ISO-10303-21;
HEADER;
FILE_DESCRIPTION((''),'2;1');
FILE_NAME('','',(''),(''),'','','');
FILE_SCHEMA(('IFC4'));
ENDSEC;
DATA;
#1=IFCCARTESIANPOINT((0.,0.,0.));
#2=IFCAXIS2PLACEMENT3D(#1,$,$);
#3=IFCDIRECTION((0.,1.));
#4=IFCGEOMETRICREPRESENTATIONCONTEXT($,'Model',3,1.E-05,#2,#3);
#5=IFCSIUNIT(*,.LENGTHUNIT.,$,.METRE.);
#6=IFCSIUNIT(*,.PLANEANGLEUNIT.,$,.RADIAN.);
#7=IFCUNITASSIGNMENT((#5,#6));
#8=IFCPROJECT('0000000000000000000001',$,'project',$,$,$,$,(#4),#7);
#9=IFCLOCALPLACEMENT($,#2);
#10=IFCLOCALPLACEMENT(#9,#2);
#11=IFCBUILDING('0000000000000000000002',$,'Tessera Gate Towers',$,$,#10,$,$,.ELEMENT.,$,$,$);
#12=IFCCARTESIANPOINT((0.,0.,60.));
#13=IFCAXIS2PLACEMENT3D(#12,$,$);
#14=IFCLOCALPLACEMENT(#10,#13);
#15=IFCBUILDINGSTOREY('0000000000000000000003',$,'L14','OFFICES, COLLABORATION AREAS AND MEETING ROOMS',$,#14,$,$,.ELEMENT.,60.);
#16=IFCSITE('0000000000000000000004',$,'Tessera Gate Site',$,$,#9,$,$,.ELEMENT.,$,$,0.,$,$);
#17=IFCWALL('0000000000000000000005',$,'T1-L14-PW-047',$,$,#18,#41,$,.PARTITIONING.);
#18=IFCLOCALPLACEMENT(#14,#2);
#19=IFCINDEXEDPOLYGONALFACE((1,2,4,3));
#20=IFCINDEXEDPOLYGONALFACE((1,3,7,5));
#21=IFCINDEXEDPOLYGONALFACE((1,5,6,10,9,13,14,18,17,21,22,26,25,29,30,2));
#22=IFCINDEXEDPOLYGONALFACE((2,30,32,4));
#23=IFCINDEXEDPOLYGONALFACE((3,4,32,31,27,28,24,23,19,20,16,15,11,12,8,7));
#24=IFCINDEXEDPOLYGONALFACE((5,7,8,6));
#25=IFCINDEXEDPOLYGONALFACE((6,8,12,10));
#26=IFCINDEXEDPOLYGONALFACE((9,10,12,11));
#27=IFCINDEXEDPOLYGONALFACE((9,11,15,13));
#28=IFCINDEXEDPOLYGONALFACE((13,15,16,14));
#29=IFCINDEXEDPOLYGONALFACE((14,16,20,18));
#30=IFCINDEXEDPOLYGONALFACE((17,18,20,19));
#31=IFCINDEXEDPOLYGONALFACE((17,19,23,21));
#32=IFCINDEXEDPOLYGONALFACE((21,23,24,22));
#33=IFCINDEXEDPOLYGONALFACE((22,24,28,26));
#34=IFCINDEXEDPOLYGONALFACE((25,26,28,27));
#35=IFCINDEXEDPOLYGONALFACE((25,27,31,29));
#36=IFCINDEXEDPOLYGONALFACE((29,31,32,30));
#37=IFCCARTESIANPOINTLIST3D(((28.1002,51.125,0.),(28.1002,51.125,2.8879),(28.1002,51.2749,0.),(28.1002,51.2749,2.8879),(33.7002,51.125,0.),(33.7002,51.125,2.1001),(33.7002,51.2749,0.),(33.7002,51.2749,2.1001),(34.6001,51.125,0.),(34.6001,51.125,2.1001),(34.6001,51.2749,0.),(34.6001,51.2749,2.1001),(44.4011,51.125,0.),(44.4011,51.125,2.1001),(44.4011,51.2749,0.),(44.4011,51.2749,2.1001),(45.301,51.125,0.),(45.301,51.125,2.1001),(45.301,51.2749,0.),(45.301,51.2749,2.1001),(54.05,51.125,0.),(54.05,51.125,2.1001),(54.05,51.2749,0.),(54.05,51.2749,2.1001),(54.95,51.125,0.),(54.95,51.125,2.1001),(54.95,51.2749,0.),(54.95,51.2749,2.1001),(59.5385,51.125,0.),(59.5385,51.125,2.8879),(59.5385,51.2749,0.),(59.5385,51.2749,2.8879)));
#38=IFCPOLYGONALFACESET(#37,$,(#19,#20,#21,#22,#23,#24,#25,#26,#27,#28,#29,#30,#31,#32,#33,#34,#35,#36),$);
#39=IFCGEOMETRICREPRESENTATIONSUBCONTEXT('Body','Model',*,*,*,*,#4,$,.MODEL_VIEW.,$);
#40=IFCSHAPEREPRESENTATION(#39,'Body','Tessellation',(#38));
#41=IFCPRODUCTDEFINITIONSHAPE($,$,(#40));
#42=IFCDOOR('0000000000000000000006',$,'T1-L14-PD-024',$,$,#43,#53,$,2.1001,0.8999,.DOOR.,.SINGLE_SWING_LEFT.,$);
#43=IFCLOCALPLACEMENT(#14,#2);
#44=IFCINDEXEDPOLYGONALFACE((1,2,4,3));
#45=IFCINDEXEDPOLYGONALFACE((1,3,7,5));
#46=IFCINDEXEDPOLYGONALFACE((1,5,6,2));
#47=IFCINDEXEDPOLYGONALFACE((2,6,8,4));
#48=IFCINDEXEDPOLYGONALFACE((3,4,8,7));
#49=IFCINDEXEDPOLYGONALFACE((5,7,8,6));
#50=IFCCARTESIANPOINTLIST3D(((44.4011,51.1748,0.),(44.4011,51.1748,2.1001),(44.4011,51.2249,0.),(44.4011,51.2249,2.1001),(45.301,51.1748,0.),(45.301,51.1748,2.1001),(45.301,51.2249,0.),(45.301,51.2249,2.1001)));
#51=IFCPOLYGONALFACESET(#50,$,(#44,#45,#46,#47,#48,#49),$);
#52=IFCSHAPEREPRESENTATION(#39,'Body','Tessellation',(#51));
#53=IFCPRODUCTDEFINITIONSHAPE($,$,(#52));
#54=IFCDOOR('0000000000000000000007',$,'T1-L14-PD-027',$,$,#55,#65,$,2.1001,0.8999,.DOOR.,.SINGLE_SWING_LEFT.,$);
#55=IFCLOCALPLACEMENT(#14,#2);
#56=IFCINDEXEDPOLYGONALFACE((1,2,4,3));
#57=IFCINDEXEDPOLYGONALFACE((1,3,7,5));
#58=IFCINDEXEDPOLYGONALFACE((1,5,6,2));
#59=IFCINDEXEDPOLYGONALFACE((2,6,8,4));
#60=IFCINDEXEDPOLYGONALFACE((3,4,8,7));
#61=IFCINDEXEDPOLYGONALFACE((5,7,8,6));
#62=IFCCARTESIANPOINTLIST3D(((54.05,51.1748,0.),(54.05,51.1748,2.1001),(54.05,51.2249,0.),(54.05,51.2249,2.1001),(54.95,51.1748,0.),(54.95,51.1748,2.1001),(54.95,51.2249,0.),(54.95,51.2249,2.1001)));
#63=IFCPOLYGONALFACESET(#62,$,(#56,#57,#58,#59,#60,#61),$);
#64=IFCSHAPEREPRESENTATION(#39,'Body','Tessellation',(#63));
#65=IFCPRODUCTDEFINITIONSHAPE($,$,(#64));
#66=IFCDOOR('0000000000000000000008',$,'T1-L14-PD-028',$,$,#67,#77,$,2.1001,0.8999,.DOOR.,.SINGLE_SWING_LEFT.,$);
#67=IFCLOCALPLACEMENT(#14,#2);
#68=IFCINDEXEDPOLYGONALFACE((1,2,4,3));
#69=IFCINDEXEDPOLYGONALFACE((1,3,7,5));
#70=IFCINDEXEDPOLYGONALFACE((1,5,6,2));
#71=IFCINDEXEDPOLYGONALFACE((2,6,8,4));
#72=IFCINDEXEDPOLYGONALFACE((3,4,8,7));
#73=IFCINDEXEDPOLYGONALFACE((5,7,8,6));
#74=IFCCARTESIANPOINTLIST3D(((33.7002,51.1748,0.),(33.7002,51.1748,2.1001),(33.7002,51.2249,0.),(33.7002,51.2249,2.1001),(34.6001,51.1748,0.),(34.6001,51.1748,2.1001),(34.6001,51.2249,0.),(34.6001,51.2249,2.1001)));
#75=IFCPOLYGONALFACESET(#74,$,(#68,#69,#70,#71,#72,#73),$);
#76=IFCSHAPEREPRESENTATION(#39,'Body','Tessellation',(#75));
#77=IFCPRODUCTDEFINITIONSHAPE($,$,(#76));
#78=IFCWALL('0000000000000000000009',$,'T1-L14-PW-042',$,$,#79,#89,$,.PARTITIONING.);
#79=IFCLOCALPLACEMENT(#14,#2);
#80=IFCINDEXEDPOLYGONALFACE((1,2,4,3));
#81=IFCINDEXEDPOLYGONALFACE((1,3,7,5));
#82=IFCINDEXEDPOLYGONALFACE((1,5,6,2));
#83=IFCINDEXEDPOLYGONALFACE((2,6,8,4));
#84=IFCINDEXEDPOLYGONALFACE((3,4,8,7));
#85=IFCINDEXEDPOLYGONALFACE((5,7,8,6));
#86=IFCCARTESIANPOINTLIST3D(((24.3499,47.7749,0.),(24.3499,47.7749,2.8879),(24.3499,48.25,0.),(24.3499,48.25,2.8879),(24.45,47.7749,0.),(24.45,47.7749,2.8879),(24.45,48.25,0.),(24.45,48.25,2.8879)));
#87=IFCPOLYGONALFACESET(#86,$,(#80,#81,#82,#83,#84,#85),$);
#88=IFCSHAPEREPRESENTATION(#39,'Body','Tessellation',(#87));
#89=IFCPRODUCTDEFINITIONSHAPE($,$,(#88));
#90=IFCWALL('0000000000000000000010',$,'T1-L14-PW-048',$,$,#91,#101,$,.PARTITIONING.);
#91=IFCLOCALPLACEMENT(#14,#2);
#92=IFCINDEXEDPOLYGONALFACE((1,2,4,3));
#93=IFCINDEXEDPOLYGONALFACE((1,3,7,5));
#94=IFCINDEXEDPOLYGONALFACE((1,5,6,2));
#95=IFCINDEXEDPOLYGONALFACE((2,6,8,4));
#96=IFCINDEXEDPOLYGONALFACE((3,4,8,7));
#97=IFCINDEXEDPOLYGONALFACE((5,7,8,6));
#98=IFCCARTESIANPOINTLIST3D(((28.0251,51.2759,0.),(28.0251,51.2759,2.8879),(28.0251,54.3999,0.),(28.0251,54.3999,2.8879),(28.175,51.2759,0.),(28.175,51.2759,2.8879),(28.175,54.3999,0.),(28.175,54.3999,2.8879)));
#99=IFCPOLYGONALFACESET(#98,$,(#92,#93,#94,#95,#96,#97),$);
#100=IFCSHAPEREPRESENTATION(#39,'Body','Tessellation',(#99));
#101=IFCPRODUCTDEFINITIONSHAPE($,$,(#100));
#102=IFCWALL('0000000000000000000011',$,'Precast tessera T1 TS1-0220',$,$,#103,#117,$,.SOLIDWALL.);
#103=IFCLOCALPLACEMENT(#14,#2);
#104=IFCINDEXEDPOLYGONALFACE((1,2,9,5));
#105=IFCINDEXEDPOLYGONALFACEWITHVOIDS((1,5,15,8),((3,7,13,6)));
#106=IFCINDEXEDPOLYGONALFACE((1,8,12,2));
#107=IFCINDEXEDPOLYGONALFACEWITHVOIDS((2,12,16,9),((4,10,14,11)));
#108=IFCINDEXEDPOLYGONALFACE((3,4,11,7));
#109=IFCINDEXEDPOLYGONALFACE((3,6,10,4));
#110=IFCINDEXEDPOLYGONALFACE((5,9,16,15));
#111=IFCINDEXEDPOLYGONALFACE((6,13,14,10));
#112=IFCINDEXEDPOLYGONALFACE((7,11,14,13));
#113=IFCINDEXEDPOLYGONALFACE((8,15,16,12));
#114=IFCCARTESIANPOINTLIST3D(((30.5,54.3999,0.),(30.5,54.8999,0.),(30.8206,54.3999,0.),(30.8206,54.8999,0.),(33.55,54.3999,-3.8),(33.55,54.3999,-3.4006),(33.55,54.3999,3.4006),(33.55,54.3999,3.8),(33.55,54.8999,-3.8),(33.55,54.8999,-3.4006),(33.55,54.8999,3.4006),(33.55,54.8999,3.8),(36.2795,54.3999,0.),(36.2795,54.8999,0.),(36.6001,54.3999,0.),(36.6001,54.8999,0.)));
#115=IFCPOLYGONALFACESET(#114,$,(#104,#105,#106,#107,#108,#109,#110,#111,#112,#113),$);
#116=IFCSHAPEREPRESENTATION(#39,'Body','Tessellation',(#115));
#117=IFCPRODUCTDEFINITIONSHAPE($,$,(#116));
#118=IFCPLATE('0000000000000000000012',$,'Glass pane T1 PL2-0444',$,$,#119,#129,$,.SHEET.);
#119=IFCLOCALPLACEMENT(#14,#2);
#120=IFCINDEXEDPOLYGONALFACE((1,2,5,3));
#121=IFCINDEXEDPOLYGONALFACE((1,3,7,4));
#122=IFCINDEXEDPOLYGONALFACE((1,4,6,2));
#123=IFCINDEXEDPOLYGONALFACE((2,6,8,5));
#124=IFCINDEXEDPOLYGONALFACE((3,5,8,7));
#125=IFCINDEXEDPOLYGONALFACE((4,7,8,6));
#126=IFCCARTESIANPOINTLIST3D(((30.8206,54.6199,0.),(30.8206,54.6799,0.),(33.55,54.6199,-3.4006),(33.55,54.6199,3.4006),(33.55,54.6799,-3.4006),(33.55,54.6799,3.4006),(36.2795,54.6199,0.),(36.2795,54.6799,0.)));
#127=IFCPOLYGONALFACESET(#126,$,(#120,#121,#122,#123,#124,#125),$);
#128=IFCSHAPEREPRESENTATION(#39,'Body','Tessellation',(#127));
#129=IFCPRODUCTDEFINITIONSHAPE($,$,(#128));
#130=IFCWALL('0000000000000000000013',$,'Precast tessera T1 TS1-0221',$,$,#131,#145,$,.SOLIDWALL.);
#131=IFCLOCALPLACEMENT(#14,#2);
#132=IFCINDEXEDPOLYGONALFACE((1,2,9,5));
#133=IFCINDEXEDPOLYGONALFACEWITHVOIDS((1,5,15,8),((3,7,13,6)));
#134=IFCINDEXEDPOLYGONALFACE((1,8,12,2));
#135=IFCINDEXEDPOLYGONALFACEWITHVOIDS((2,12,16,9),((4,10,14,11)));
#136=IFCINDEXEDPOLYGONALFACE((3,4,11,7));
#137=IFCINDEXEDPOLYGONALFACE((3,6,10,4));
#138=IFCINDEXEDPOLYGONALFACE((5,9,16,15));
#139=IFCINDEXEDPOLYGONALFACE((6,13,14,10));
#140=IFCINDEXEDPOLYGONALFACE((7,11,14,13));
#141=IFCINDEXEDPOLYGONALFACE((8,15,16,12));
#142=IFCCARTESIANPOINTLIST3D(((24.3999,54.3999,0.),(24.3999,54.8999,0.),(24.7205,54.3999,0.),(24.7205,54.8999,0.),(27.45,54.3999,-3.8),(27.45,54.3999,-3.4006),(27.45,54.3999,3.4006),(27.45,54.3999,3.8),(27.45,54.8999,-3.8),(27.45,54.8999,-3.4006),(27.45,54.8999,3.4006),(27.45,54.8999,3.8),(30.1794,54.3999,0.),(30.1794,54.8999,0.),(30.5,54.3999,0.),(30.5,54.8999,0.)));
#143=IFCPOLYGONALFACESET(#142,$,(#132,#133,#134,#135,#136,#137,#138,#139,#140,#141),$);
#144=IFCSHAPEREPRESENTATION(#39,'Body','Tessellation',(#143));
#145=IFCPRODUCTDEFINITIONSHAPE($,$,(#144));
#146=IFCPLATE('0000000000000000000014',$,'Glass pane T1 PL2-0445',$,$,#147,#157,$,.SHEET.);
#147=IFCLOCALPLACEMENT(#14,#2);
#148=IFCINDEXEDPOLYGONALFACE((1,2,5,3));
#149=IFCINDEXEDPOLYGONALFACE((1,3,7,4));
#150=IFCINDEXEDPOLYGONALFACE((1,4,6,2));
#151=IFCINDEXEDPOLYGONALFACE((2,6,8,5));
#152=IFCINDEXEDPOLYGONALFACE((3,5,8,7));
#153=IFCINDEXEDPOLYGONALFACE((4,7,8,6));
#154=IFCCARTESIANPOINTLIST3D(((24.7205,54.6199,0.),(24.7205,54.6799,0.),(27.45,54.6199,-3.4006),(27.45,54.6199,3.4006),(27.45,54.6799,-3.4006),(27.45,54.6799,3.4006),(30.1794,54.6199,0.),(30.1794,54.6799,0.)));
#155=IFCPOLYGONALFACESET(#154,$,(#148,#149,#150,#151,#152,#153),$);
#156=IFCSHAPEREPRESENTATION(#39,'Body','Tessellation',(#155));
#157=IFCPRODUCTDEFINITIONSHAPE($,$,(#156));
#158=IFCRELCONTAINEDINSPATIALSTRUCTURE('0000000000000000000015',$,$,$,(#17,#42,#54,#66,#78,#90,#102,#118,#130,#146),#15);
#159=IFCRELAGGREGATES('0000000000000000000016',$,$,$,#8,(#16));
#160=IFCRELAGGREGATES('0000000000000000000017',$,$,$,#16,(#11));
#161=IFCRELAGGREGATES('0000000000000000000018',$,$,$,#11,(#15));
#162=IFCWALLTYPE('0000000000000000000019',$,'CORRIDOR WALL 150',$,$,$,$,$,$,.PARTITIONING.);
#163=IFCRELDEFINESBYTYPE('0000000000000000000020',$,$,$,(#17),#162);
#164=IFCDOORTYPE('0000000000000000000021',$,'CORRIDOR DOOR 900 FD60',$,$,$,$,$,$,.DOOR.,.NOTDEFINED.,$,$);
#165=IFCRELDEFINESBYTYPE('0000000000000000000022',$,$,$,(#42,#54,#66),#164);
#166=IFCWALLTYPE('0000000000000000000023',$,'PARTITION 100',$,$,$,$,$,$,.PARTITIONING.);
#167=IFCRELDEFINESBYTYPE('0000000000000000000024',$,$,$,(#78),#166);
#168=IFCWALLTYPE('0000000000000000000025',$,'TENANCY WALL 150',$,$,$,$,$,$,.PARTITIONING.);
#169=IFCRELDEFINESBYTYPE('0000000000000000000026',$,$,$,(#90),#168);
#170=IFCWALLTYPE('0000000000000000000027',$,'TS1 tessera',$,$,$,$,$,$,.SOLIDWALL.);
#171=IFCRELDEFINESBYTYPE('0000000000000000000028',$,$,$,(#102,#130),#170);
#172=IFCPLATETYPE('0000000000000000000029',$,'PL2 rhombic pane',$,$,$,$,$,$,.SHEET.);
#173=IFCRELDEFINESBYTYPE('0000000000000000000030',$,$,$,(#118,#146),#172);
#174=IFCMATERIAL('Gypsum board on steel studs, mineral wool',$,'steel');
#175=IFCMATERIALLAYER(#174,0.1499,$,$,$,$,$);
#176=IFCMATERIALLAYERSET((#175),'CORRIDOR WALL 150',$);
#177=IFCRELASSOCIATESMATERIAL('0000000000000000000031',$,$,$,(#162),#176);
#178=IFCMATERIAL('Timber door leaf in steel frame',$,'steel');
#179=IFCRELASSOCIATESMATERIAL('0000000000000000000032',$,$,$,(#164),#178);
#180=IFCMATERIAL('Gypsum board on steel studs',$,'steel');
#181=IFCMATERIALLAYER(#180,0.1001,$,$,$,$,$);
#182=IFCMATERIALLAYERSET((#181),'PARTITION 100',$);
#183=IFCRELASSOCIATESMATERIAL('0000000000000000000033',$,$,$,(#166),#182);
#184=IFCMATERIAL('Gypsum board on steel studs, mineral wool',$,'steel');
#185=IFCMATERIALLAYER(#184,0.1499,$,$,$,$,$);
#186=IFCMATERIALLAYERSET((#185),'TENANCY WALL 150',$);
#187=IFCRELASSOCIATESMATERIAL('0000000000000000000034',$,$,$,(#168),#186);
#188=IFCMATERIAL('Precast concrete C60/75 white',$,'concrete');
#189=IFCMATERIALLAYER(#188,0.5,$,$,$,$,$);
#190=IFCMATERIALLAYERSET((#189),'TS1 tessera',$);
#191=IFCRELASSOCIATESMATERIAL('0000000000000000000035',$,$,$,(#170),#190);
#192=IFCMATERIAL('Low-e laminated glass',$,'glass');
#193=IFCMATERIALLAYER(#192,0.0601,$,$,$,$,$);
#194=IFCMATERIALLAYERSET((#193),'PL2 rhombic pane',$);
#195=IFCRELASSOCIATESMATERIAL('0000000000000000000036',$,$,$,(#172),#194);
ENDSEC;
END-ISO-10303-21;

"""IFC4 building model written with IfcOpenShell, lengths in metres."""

from ifc_helpers import new_model, si_unit, direction, frame, frame_2d, origin, place, context, subcontext, project, spatial, polyline, rectangle, outline, extrude, source, transform, mapped, material, layer, layer_set, type_object, element, fill, save


model = new_model("IFC4")

# Units and contexts
model_context = context("Model", 3, precision=1e-05, world=origin(), true_north=direction((0.0, 1.0)))
body_context = subcontext(model_context, "Body", "Model", "MODEL_VIEW")
ifc_project = project(units=[si_unit("LENGTHUNIT", "METRE"), si_unit("PLANEANGLEUNIT", "RADIAN")], contexts=[model_context])

# Site, building, storey
site_placement = place(None, origin())
site = spatial("IfcSite", under=ifc_project, at=site_placement, Name="Tessera Gate Site", CompositionType="ELEMENT", RefElevation=0.0)
building_placement = place(site_placement, origin())
building = spatial("IfcBuilding", under=site, at=building_placement, Name="Tessera Gate Towers", CompositionType="ELEMENT")
storey_placement = place(building_placement, frame((0.0, 0.0, 60.0)))
storey = spatial("IfcBuildingStorey", under=building, at=storey_placement, Name="L14", Description="OFFICES, COLLABORATION AREAS AND MEETING ROOMS", CompositionType="ELEMENT", Elevation=60.0)

# Wall, openings, doors
ifc_material_1 = material(Name="Gypsum board on steel studs, mineral wool", Category="steel")
ifc_layer_1 = layer(ifc_material_1, 0.1499)
ifc_layer_set_1 = layer_set([ifc_layer_1], Name="CORRIDOR WALL 150")
wall_type_1 = type_object("IfcWallType", Name="CORRIDOR WALL 150", PredefinedType="PARTITIONING", material=ifc_layer_set_1)
wall_1_placement = place(storey_placement, frame((28.1001, 51.2, 0.0), z_axis=(0.0, 0.0, 1.0), x_axis=(1.0, 0.0, 0.0)))
wall_1 = element("IfcWall", 1, at=wall_1_placement, inside=storey, type_object=wall_type_1, Name="T1-L14-PW-047", PredefinedType="PARTITIONING", context=body_context, shape_type="SweptSolid", body=[
    extrude(rectangle(XDim=31.4382, YDim=0.1499, at=frame_2d((15.7192, 0.0))), origin(), (0.0, 0.0, 1.0), 2.8879),
])
shared_shape_1 = source(origin(), body_context, "Body", "SweptSolid", [
    extrude(rectangle(XDim=0.8999, YDim=2.1001, at=frame_2d((0.45, 1.05))), frame((0.0, 0.085, 0.0), z_axis=(0.0, -1.0, 0.0), x_axis=(1.0, 0.0, 0.0)), (0.0, 0.0, 1.0), 0.1699),
])
opening_1_placement = place(wall_1_placement, frame((16.301, 0.0, 0.0)))
opening_1 = element("IfcOpeningElement", 2, at=opening_1_placement, cuts=wall_1, PredefinedType="OPENING", context=body_context, shape_type="MappedRepresentation", body=[
    mapped(shared_shape_1, transform((0.0, 0.0, 0.0), scale=1.0)),
])
opening_2_placement = place(wall_1_placement, frame((25.95, 0.0, 0.0)))
opening_2 = element("IfcOpeningElement", 3, at=opening_2_placement, cuts=wall_1, PredefinedType="OPENING", context=body_context, shape_type="MappedRepresentation", body=[
    mapped(shared_shape_1, transform((0.0, 0.0, 0.0), scale=1.0)),
])
opening_3_placement = place(wall_1_placement, frame((5.6001, 0.0, 0.0)))
opening_3 = element("IfcOpeningElement", 4, at=opening_3_placement, cuts=wall_1, PredefinedType="OPENING", context=body_context, shape_type="MappedRepresentation", body=[
    mapped(shared_shape_1, transform((0.0, 0.0, 0.0), scale=1.0)),
])
ifc_material_2 = material(Name="Timber door leaf in steel frame", Category="steel")
door_type = type_object("IfcDoorType", Name="CORRIDOR DOOR 900 FD60", OperationType="NOTDEFINED", PredefinedType="DOOR", material=ifc_material_2)
shared_shape_2 = source(origin(), body_context, "Body", "SweptSolid", [
    extrude(rectangle(XDim=0.8999, YDim=2.1001, at=frame_2d((0.45, 1.05))), frame((0.0, 0.0249, 0.0), z_axis=(0.0, -1.0, 0.0), x_axis=(1.0, 0.0, 0.0)), (0.0, 0.0, 1.0), 0.05),
])
door_1_placement = place(opening_1_placement, origin())
door_1 = element("IfcDoor", 5, at=door_1_placement, inside=storey, type_object=door_type, Name="T1-L14-PD-024", OperationType="SINGLE_SWING_LEFT", OverallHeight=2.1001, OverallWidth=0.8999, PredefinedType="DOOR", context=body_context, shape_type="MappedRepresentation", body=[
    mapped(shared_shape_2, transform((0.0, 0.0, 0.0), scale=1.0)),
])
fill(opening_1, door_1)
door_2_placement = place(opening_2_placement, origin())
door_2 = element("IfcDoor", 6, at=door_2_placement, inside=storey, type_object=door_type, Name="T1-L14-PD-027", OperationType="SINGLE_SWING_LEFT", OverallHeight=2.1001, OverallWidth=0.8999, PredefinedType="DOOR", context=body_context, shape_type="MappedRepresentation", body=[
    mapped(shared_shape_2, transform((0.0, 0.0, 0.0), scale=1.0)),
])
fill(opening_2, door_2)
door_3_placement = place(opening_3_placement, origin())
door_3 = element("IfcDoor", 7, at=door_3_placement, inside=storey, type_object=door_type, Name="T1-L14-PD-028", OperationType="SINGLE_SWING_LEFT", OverallHeight=2.1001, OverallWidth=0.8999, PredefinedType="DOOR", context=body_context, shape_type="MappedRepresentation", body=[
    mapped(shared_shape_2, transform((0.0, 0.0, 0.0), scale=1.0)),
])
fill(opening_3, door_3)

# Walls
ifc_material_3 = material(Name="Gypsum board on steel studs", Category="steel")
ifc_layer_2 = layer(ifc_material_3, 0.1001)
ifc_layer_set_2 = layer_set([ifc_layer_2], Name="PARTITION 100")
wall_type_2 = type_object("IfcWallType", Name="PARTITION 100", PredefinedType="PARTITIONING", material=ifc_layer_set_2)
wall_2_placement = place(storey_placement, frame((24.3999, 48.25, 0.0), z_axis=(0.0, 0.0, 1.0), x_axis=(0.0, -1.0, 0.0)))
element("IfcWall", 8, at=wall_2_placement, inside=storey, type_object=wall_type_2, Name="T1-L14-PW-042", PredefinedType="PARTITIONING", context=body_context, shape_type="SweptSolid", body=[
    extrude(rectangle(XDim=0.4751, YDim=0.1001, at=frame_2d((0.2375, 0.0))), origin(), (0.0, 0.0, 1.0), 2.8879),
])
ifc_material_4 = material(Name="Gypsum board on steel studs, mineral wool", Category="steel")
ifc_layer_3 = layer(ifc_material_4, 0.1499)
ifc_layer_set_3 = layer_set([ifc_layer_3], Name="TENANCY WALL 150")
wall_type_3 = type_object("IfcWallType", Name="TENANCY WALL 150", PredefinedType="PARTITIONING", material=ifc_layer_set_3)
wall_3_placement = place(storey_placement, frame((28.1001, 51.2759, 0.0), z_axis=(0.0, 0.0, 1.0), x_axis=(0.0, 1.0, 0.0)))
element("IfcWall", 9, at=wall_3_placement, inside=storey, type_object=wall_type_3, Name="T1-L14-PW-048", PredefinedType="PARTITIONING", context=body_context, shape_type="SweptSolid", body=[
    extrude(rectangle(XDim=3.124, YDim=0.1499, at=frame_2d((1.562, 0.0))), origin(), (0.0, 0.0, 1.0), 2.8879),
])

# Walls, openings, plates
ifc_material_5 = material(Name="Precast concrete C60/75 white", Category="concrete")
ifc_layer_4 = layer(ifc_material_5, 0.5)
ifc_layer_set_4 = layer_set([ifc_layer_4], Name="TS1 tessera")
wall_type_4 = type_object("IfcWallType", Name="TS1 tessera", PredefinedType="SOLIDWALL", material=ifc_layer_set_4)
shared_shape_3 = source(origin(), body_context, "Body", "SweptSolid", [
    extrude(outline(polyline([(3.05, 0.0), (6.1001, 3.8), (3.05, 7.6001), (0.0, 3.8), (3.05, 0.0)])), frame((0.0, 0.25, 0.0), z_axis=(0.0, -1.0, 0.0), x_axis=(1.0, 0.0, 0.0)), (0.0, 0.0, 1.0), 0.5),
])
wall_4_placement = place(storey_placement, frame((36.6001, 54.6499, -3.8), z_axis=(0.0, 0.0, 1.0), x_axis=(-1.0, 0.0, 0.0)))
wall_4 = element("IfcWall", 10, at=wall_4_placement, inside=storey, type_object=wall_type_4, Name="Precast tessera T1 TS1-0220", PredefinedType="SOLIDWALL", context=body_context, shape_type="MappedRepresentation", body=[
    mapped(shared_shape_3, transform((0.0, 0.0, 0.0), scale=1.0)),
])
shared_shape_4 = source(origin(), body_context, "Body", "SweptSolid", [
    extrude(outline(polyline([(3.05, 0.3994), (5.7795, 3.8), (3.05, 7.2007), (0.3206, 3.8), (3.05, 0.3994)])), frame((0.0, 0.26, 0.0), z_axis=(0.0, -1.0, 0.0), x_axis=(1.0, 0.0, 0.0)), (0.0, 0.0, 1.0), 0.52),
])
opening_4_placement = place(wall_4_placement, origin())
opening_4 = element("IfcOpeningElement", 11, at=opening_4_placement, cuts=wall_4, PredefinedType="OPENING", context=body_context, shape_type="MappedRepresentation", body=[
    mapped(shared_shape_4, transform((0.0, 0.0, 0.0), scale=1.0)),
])
ifc_material_6 = material(Name="Low-e laminated glass", Category="glass")
ifc_layer_5 = layer(ifc_material_6, 0.0601)
ifc_layer_set_5 = layer_set([ifc_layer_5], Name="PL2 rhombic pane")
plate_type_1 = type_object("IfcPlateType", Name="PL2 rhombic pane", PredefinedType="SHEET", material=ifc_layer_set_5)
shared_shape_5 = source(origin(), body_context, "Body", "SweptSolid", [
    extrude(outline(polyline([(3.05, 0.3994), (5.7795, 3.8), (3.05, 7.2007), (0.3206, 3.8), (3.05, 0.3994)])), frame((0.0, 0.03, 0.0), z_axis=(0.0, -1.0, 0.0), x_axis=(1.0, 0.0, 0.0)), (0.0, 0.0, 1.0), 0.0601),
])
plate_1_placement = place(opening_4_placement, origin())
plate_1 = element("IfcPlate", 12, at=plate_1_placement, inside=storey, type_object=plate_type_1, Name="Glass pane T1 PL2-0444", PredefinedType="SHEET", context=body_context, shape_type="MappedRepresentation", body=[
    mapped(shared_shape_5, transform((0.0, 0.0, 0.0), scale=1.0)),
])
fill(opening_4, plate_1)
wall_5_placement = place(storey_placement, frame((30.5, 54.6499, -3.8), z_axis=(0.0, 0.0, 1.0), x_axis=(-1.0, 0.0, 0.0)))
wall_5 = element("IfcWall", 13, at=wall_5_placement, inside=storey, type_object=wall_type_4, Name="Precast tessera T1 TS1-0221", PredefinedType="SOLIDWALL", context=body_context, shape_type="MappedRepresentation", body=[
    mapped(shared_shape_3, transform((0.0, 0.0, 0.0), scale=1.0)),
])
opening_5_placement = place(wall_5_placement, origin())
opening_5 = element("IfcOpeningElement", 14, at=opening_5_placement, cuts=wall_5, PredefinedType="OPENING", context=body_context, shape_type="MappedRepresentation", body=[
    mapped(shared_shape_4, transform((0.0, 0.0, 0.0), scale=1.0)),
])
plate_2_placement = place(opening_5_placement, origin())
plate_2 = element("IfcPlate", 15, at=plate_2_placement, inside=storey, type_object=plate_type_1, Name="Glass pane T1 PL2-0445", PredefinedType="SHEET", context=body_context, shape_type="MappedRepresentation", body=[
    mapped(shared_shape_5, transform((0.0, 0.0, 0.0), scale=1.0)),
])
fill(opening_5, plate_2)

save(model, "model.ifc")
